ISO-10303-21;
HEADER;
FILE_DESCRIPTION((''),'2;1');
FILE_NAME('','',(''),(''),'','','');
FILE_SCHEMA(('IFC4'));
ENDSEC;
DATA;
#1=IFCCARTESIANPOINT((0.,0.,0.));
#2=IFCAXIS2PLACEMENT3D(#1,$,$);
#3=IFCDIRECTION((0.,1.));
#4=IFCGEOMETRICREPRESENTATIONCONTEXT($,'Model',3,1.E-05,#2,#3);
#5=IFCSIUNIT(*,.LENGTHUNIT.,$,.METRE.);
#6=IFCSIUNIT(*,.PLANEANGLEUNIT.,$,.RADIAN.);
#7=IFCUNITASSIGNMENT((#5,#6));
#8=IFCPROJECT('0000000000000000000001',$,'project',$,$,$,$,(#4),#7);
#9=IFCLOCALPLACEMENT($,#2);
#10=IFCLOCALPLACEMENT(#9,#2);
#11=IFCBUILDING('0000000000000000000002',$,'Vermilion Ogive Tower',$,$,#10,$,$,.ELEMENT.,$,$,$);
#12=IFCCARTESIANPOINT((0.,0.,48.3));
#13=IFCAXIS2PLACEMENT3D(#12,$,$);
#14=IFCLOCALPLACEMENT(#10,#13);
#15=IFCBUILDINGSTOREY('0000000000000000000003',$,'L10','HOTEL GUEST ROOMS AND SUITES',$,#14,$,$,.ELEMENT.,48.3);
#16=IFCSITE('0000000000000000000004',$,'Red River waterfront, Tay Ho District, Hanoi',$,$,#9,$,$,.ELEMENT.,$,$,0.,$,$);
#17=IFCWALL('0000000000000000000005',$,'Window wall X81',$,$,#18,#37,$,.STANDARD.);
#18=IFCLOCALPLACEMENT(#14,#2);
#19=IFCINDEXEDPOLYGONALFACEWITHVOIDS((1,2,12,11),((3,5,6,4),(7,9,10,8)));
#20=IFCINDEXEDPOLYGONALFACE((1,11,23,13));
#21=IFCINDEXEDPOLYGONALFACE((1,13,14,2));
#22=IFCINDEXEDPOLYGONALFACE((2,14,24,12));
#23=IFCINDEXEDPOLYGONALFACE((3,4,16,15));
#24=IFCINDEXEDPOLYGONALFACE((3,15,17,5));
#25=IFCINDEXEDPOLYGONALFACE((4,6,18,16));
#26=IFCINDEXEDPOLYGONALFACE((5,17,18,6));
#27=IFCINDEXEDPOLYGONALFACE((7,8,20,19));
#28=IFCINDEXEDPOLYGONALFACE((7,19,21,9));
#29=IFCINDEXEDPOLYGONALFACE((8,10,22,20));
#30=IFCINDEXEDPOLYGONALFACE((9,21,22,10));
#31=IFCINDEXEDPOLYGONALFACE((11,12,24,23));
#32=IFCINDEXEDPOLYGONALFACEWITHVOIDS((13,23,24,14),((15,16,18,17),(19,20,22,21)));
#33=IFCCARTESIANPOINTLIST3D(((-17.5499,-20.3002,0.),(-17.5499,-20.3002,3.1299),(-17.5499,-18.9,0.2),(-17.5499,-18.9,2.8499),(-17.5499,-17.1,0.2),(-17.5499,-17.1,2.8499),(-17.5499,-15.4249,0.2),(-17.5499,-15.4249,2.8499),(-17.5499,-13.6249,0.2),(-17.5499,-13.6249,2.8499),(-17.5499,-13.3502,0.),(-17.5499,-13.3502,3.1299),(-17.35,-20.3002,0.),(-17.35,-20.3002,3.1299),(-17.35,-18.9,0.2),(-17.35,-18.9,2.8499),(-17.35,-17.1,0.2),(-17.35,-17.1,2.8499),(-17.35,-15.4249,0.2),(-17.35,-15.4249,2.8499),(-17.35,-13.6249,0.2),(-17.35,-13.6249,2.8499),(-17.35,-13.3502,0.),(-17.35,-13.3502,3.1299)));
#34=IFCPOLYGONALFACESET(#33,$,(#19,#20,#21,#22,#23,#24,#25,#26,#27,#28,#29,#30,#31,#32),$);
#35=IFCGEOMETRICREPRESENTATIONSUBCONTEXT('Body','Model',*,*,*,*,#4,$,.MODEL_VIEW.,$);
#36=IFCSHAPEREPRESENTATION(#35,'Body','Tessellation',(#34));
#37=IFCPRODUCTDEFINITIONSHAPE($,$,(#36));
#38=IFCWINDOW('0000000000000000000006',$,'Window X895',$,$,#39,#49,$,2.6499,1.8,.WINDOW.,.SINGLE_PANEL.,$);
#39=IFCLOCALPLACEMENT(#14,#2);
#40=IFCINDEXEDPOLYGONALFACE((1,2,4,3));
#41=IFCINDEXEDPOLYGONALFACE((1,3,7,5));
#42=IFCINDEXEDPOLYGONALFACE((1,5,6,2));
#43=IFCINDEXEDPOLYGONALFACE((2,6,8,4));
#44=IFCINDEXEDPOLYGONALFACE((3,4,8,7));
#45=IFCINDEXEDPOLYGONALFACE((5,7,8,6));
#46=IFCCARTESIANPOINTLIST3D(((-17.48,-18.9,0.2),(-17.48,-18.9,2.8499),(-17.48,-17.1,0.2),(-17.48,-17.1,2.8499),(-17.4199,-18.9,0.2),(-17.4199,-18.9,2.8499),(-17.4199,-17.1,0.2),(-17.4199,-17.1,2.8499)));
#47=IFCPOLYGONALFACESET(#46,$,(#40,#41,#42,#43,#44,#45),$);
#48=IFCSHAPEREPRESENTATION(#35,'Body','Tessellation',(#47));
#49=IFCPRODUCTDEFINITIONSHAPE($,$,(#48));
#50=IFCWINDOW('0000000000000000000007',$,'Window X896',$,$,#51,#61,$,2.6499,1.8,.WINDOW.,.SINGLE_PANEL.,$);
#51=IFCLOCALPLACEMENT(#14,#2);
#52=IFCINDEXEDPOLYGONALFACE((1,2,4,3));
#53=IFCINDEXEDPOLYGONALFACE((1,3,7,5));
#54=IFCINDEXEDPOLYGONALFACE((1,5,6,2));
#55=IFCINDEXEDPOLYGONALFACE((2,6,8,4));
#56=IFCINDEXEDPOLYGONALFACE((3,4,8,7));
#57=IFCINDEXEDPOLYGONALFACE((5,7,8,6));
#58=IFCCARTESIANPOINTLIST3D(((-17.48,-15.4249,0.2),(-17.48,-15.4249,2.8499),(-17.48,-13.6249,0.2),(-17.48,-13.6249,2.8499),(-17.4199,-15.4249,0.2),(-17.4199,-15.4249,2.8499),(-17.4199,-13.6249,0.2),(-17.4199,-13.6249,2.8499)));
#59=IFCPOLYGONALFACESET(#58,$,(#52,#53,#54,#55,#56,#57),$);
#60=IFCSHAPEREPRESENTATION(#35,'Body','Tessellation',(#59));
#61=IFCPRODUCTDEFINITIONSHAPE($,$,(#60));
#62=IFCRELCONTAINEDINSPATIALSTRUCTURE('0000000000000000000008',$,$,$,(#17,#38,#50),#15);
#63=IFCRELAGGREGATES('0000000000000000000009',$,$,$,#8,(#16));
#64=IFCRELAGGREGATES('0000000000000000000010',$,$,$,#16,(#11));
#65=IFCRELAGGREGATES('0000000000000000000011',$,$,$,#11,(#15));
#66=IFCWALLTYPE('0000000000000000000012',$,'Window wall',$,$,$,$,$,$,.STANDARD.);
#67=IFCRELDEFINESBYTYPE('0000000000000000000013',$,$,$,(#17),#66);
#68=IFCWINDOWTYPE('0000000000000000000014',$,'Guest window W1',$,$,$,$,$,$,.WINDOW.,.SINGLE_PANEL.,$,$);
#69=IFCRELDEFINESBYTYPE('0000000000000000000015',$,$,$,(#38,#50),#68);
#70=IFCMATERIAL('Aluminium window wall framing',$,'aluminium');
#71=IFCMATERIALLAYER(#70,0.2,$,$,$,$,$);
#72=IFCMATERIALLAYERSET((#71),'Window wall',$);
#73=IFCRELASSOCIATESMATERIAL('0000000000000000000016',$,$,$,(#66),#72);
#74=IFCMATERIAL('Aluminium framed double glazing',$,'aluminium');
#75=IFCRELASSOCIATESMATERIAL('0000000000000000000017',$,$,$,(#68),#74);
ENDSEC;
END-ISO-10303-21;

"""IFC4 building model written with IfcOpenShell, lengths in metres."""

from ifc_helpers import new_model, si_unit, direction, frame, frame_2d, origin, place, context, subcontext, project, spatial, rectangle, extrude, material, layer, layer_set, type_object, element, fill, save


model = new_model("IFC4")

# Units and contexts
model_context = context("Model", 3, precision=1e-05, world=origin(), true_north=direction((0.0, 1.0)))
body_context = subcontext(model_context, "Body", "Model", "MODEL_VIEW")
ifc_project = project(units=[si_unit("LENGTHUNIT", "METRE"), si_unit("PLANEANGLEUNIT", "RADIAN")], contexts=[model_context])

# Site, building, storey
site_placement = place(None, origin())
site = spatial("IfcSite", under=ifc_project, at=site_placement, Name="Red River waterfront, Tay Ho District, Hanoi", CompositionType="ELEMENT", RefElevation=0.0)
building_placement = place(site_placement, origin())
building = spatial("IfcBuilding", under=site, at=building_placement, Name="Vermilion Ogive Tower", CompositionType="ELEMENT")
storey_placement = place(building_placement, frame((0.0, 0.0, 48.3)))
storey = spatial("IfcBuildingStorey", under=building, at=storey_placement, Name="L10", Description="HOTEL GUEST ROOMS AND SUITES", CompositionType="ELEMENT", Elevation=48.3)

# Shared definitions
ifc_material_1 = material(Name="Aluminium window wall framing", Category="aluminium")
ifc_layer_1 = layer(ifc_material_1, 0.2)
ifc_layer_set_1 = layer_set([ifc_layer_1], Name="Window wall")
wall_type_1 = type_object("IfcWallType", Name="Window wall", PredefinedType="STANDARD", material=ifc_layer_set_1)

# Wall, openings, windows
wall_1_placement = place(storey_placement, frame((-17.45, -13.3501, 0.0), z_axis=(0.0, 0.0, 1.0), x_axis=(0.0, -1.0, 0.0)))
wall_1 = element("IfcWall", 1, at=wall_1_placement, inside=storey, type_object=wall_type_1, Name="Window wall X81", PredefinedType="STANDARD", context=body_context, shape_type="SweptSolid", body=[
    extrude(rectangle(XDim=6.95, YDim=0.2, at=frame_2d((3.4751, 0.0))), origin(), (0.0, 0.0, 1.0), 3.1299),
])
opening_1_placement = place(wall_1_placement, frame((3.75, 0.0, 0.2)))
opening_1 = element("IfcOpeningElement", 2, at=opening_1_placement, cuts=wall_1, PredefinedType="OPENING", context=body_context, shape_type="SweptSolid", body=[
    extrude(rectangle(XDim=1.8, YDim=2.6499, at=frame_2d((0.8999, 1.325))), frame((0.0, 0.1099, 0.0), z_axis=(0.0, -1.0, 0.0), x_axis=(1.0, 0.0, 0.0)), (0.0, 0.0, 1.0), 0.22),
])
opening_2_placement = place(wall_1_placement, frame((0.2749, 0.0, 0.2)))
opening_2 = element("IfcOpeningElement", 3, at=opening_2_placement, cuts=wall_1, PredefinedType="OPENING", context=body_context, shape_type="SweptSolid", body=[
    extrude(rectangle(XDim=1.8, YDim=2.6499, at=frame_2d((0.8999, 1.325))), frame((0.0, 0.1099, 0.0), z_axis=(0.0, -1.0, 0.0), x_axis=(1.0, 0.0, 0.0)), (0.0, 0.0, 1.0), 0.22),
])
ifc_material_2 = material(Name="Aluminium framed double glazing", Category="aluminium")
window_type = type_object("IfcWindowType", Name="Guest window W1", PartitioningType="SINGLE_PANEL", PredefinedType="WINDOW", material=ifc_material_2)
window_1_placement = place(opening_1_placement, origin())
window_1 = element("IfcWindow", 4, at=window_1_placement, inside=storey, type_object=window_type, Name="Window X895", OverallHeight=2.6499, OverallWidth=1.8, PartitioningType="SINGLE_PANEL", PredefinedType="WINDOW", context=body_context, shape_type="SweptSolid", body=[
    extrude(rectangle(XDim=1.8, YDim=2.6499, at=frame_2d((0.8999, 1.325))), frame((0.0, 0.03, 0.0), z_axis=(0.0, -1.0, 0.0), x_axis=(1.0, 0.0, 0.0)), (0.0, 0.0, 1.0), 0.0601),
])
fill(opening_1, window_1)
window_2_placement = place(opening_2_placement, origin())
window_2 = element("IfcWindow", 5, at=window_2_placement, inside=storey, type_object=window_type, Name="Window X896", OverallHeight=2.6499, OverallWidth=1.8, PartitioningType="SINGLE_PANEL", PredefinedType="WINDOW", context=body_context, shape_type="SweptSolid", body=[
    extrude(rectangle(XDim=1.8, YDim=2.6499, at=frame_2d((0.8999, 1.325))), frame((0.0, 0.03, 0.0), z_axis=(0.0, -1.0, 0.0), x_axis=(1.0, 0.0, 0.0)), (0.0, 0.0, 1.0), 0.0601),
])
fill(opening_2, window_2)

save(model, "model.ifc")
